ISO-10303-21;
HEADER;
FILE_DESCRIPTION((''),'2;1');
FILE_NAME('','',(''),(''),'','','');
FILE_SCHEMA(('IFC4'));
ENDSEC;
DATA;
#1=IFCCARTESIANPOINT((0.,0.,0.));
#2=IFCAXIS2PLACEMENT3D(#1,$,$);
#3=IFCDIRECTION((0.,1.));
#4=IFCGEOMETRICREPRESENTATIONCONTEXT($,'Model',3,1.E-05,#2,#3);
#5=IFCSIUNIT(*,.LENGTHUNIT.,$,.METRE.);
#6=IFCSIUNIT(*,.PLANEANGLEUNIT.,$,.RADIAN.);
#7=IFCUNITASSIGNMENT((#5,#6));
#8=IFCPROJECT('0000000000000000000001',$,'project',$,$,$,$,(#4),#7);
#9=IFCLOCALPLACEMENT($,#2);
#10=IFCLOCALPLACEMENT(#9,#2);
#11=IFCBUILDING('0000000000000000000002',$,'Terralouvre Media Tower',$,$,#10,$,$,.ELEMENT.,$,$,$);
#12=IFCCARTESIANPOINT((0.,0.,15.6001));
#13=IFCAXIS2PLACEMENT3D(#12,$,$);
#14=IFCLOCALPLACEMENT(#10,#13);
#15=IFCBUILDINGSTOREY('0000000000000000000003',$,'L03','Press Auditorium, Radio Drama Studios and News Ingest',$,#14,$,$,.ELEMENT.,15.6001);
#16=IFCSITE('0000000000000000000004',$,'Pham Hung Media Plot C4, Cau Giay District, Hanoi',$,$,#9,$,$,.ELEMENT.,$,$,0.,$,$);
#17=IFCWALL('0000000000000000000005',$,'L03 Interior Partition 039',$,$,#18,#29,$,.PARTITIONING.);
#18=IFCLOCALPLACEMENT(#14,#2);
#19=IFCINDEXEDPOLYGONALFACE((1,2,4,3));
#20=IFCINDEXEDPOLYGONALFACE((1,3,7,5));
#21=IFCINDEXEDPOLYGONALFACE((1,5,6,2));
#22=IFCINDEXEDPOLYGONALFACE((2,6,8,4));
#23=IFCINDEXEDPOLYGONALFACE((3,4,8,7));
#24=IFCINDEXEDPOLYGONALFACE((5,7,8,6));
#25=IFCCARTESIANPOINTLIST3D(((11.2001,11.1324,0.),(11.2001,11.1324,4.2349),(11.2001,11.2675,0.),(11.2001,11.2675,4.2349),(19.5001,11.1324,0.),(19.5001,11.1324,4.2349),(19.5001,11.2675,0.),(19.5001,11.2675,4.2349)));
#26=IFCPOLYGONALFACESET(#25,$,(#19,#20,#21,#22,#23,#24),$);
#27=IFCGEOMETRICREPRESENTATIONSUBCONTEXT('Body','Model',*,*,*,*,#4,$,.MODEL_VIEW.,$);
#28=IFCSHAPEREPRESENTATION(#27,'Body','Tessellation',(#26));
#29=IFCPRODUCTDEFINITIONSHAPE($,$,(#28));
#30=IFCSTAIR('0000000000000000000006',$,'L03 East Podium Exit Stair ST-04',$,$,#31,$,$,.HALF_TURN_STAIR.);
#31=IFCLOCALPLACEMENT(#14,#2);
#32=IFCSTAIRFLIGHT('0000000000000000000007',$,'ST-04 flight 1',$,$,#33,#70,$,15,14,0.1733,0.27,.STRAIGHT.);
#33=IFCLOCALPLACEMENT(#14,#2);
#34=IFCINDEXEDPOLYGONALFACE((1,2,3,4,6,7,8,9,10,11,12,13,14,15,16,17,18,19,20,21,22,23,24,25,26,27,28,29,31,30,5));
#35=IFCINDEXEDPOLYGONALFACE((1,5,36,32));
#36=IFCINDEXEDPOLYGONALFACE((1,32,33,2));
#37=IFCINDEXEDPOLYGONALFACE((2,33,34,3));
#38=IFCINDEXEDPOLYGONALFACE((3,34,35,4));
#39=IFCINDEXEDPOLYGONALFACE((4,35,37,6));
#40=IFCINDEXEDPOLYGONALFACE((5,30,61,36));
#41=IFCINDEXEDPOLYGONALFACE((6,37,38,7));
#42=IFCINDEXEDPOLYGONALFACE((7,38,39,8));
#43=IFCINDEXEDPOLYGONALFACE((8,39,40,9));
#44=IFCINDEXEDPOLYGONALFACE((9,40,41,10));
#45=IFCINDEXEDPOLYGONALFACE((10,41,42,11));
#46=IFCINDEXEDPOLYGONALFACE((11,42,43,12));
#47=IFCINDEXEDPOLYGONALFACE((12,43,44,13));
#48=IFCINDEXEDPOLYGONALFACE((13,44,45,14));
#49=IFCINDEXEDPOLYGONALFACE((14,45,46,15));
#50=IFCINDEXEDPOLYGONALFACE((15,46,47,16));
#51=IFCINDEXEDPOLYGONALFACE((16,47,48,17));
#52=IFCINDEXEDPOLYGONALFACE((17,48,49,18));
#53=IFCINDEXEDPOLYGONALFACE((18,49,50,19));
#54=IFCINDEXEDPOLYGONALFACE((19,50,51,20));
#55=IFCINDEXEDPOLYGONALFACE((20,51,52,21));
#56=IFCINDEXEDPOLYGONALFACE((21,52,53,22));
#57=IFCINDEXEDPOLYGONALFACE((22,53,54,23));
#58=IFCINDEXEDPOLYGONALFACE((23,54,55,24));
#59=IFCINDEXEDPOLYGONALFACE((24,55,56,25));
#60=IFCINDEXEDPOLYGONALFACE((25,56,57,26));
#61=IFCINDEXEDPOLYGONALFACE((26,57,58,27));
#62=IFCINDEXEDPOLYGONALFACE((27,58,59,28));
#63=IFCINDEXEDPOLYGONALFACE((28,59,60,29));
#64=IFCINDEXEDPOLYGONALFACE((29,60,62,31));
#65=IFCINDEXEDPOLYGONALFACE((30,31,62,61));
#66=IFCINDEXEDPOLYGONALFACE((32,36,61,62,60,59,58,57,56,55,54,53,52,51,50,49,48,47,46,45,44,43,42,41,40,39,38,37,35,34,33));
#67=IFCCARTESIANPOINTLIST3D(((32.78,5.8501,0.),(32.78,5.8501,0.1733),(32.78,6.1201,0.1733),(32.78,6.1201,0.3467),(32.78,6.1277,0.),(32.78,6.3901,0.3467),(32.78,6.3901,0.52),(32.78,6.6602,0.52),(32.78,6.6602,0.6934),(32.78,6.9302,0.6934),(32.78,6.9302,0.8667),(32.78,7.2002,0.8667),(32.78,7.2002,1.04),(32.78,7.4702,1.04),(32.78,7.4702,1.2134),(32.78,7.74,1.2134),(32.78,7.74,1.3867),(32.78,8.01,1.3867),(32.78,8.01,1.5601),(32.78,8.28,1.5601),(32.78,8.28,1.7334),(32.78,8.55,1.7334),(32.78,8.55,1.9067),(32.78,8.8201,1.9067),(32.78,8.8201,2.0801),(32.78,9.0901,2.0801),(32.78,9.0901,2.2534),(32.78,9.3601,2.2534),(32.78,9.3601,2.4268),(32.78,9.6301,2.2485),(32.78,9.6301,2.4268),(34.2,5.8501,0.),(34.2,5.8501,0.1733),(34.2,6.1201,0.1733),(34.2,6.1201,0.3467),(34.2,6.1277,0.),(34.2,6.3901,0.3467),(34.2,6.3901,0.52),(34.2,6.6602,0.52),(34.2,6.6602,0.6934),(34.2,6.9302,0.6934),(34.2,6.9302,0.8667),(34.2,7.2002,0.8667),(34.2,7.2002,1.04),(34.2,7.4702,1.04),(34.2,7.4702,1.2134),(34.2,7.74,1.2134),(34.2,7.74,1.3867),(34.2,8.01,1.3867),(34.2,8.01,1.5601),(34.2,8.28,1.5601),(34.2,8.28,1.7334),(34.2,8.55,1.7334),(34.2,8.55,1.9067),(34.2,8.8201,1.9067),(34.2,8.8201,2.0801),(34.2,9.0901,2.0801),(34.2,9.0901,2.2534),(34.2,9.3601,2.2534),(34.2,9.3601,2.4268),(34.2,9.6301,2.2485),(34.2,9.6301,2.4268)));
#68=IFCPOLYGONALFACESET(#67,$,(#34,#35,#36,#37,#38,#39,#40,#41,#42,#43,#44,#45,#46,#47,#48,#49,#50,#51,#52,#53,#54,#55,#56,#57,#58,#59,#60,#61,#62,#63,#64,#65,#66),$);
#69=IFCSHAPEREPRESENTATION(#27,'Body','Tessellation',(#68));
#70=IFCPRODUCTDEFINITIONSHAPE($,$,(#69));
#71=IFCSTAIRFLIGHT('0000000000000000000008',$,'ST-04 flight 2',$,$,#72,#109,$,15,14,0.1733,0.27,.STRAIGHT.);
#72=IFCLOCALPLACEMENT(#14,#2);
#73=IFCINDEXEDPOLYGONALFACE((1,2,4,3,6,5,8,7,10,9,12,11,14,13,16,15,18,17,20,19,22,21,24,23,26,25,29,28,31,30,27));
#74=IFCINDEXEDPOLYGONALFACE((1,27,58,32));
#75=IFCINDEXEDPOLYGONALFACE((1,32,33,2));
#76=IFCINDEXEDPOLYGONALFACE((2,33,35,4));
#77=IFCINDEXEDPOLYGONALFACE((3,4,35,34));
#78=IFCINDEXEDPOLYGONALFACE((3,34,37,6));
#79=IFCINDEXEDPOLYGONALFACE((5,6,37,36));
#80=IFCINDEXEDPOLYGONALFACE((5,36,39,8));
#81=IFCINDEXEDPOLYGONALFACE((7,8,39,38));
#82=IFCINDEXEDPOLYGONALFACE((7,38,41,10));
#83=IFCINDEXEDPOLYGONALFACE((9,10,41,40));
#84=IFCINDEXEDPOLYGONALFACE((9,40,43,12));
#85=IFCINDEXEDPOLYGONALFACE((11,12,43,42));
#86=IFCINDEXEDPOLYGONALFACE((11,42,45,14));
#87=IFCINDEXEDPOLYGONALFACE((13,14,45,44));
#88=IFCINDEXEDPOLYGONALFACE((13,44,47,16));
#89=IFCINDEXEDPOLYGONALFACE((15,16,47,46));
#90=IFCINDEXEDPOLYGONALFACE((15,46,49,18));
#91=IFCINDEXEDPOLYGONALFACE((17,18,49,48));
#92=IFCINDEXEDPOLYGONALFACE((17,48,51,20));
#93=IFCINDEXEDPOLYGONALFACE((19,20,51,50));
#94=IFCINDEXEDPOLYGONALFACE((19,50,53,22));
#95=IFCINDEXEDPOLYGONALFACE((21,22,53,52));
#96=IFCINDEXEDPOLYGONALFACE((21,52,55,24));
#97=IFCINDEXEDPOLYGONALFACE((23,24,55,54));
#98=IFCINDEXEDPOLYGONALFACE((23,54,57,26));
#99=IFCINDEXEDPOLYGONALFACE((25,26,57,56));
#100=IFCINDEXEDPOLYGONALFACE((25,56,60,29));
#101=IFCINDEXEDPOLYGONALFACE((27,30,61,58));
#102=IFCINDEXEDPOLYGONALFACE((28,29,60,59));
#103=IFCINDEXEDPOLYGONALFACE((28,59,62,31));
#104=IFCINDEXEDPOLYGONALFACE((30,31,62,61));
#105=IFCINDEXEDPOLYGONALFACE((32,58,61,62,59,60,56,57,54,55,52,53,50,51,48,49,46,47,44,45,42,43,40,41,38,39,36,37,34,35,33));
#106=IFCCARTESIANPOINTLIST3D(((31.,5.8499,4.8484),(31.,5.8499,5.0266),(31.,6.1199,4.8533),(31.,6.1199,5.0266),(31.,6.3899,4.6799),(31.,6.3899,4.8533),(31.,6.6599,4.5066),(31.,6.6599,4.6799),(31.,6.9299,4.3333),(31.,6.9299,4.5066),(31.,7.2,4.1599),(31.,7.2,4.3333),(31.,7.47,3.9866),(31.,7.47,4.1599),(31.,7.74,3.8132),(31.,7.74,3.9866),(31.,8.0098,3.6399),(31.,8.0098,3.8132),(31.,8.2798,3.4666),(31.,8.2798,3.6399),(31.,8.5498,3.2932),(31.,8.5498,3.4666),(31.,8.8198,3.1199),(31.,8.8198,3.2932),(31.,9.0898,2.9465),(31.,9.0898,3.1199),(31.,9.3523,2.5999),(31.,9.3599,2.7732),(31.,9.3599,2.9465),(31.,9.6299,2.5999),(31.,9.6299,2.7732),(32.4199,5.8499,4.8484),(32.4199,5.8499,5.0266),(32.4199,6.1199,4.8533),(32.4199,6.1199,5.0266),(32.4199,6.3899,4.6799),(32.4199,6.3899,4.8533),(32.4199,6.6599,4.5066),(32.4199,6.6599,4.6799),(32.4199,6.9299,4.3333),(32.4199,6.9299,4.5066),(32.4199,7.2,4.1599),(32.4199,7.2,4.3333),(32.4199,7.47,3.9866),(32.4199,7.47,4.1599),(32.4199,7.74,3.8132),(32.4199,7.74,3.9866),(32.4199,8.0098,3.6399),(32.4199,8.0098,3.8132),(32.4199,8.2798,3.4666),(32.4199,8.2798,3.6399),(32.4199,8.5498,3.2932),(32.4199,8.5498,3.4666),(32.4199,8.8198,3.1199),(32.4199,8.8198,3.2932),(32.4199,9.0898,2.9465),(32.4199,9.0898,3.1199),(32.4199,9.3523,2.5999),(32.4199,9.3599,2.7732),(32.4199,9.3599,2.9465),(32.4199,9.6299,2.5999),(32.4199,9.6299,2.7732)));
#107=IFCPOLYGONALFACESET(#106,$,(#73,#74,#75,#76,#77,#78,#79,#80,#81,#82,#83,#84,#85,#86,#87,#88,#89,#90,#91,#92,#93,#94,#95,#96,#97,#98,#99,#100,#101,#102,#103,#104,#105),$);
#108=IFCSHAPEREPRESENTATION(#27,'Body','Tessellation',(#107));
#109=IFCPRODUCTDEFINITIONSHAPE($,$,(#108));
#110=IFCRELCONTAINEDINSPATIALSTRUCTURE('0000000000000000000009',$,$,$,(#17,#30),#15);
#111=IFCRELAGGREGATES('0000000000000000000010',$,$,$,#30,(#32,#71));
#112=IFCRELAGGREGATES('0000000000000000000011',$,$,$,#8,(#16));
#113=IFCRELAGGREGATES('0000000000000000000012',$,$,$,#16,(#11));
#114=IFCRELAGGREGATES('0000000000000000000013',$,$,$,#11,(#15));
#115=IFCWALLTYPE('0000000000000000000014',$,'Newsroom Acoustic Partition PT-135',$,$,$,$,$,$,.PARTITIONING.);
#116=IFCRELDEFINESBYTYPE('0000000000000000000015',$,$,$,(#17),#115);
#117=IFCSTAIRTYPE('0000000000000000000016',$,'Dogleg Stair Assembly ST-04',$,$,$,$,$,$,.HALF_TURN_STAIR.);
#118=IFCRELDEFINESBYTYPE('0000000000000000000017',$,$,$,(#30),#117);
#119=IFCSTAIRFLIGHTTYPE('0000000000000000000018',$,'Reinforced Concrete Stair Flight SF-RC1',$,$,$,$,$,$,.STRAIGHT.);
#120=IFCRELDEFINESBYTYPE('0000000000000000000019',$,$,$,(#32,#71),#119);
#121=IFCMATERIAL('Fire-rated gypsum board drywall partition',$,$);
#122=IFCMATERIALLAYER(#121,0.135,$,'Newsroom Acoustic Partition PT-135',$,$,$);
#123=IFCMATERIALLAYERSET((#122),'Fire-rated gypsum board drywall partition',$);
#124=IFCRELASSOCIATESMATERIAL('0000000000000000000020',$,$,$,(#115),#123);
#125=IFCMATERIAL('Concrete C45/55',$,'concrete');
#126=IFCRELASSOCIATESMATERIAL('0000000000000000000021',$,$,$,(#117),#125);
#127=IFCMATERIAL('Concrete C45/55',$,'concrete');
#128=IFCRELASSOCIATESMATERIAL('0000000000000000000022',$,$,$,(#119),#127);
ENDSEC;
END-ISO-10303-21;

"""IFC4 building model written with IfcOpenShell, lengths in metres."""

from ifc_helpers import new_model, si_unit, direction, frame, frame_2d, origin, place, context, subcontext, project, spatial, polyline, rectangle, outline, extrude, material, layer, layer_set, type_object, element, aggregate, save


model = new_model("IFC4")

# Units and contexts
model_context = context("Model", 3, precision=1e-05, world=origin(), true_north=direction((0.0, 1.0)))
body_context = subcontext(model_context, "Body", "Model", "MODEL_VIEW")
ifc_project = project(units=[si_unit("LENGTHUNIT", "METRE"), si_unit("PLANEANGLEUNIT", "RADIAN")], contexts=[model_context])

# Site, building, storey
site_placement = place(None, origin())
site = spatial("IfcSite", under=ifc_project, at=site_placement, Name="Pham Hung Media Plot C4, Cau Giay District, Hanoi", CompositionType="ELEMENT", RefElevation=0.0)
building_placement = place(site_placement, origin())
building = spatial("IfcBuilding", under=site, at=building_placement, Name="Terralouvre Media Tower", CompositionType="ELEMENT")
storey_placement = place(building_placement, frame((0.0, 0.0, 15.6001)))
storey = spatial("IfcBuildingStorey", under=building, at=storey_placement, Name="L03", Description="Press Auditorium, Radio Drama Studios and News Ingest", CompositionType="ELEMENT", Elevation=15.6001)

# Shared definitions
ifc_material_1 = material(Name="Fire-rated gypsum board drywall partition")
ifc_layer_1 = layer(ifc_material_1, 0.135, Name="Newsroom Acoustic Partition PT-135")
ifc_layer_set_1 = layer_set([ifc_layer_1], Name="Fire-rated gypsum board drywall partition")
wall_type_1 = type_object("IfcWallType", Name="Newsroom Acoustic Partition PT-135", PredefinedType="PARTITIONING", material=ifc_layer_set_1)

# Wall
wall_1_placement = place(storey_placement, frame((19.5, 11.2, 0.0), z_axis=(0.0, 0.0, 1.0), x_axis=(-1.0, 0.0, 0.0)))
element("IfcWall", 1, at=wall_1_placement, inside=storey, type_object=wall_type_1, Name="L03 Interior Partition 039", PredefinedType="PARTITIONING", context=body_context, shape_type="SweptSolid", body=[
    extrude(rectangle(XDim=8.3, YDim=0.135, at=frame_2d((4.1499, 0.0))), origin(), (0.0, 0.0, 1.0), 4.2349),
])

# Stair, stair flights
ifc_material_2 = material(Name="Concrete C45/55", Category="concrete")
stair_type = type_object("IfcStairType", Name="Dogleg Stair Assembly ST-04", PredefinedType="HALF_TURN_STAIR", material=ifc_material_2)
stair_placement = place(storey_placement, origin())
stair = element("IfcStair", 2, at=stair_placement, inside=storey, type_object=stair_type, Name="L03 East Podium Exit Stair ST-04", PredefinedType="HALF_TURN_STAIR")
ifc_material_3 = material(Name="Concrete C45/55", Category="concrete")
stair_flight_type = type_object("IfcStairFlightType", Name="Reinforced Concrete Stair Flight SF-RC1", PredefinedType="STRAIGHT", material=ifc_material_3)
stair_flight_1_placement = place(storey_placement, frame((33.49, 5.8501, 0.0), z_axis=(0.0, 0.0, 1.0), x_axis=(0.0, 1.0, 0.0)))
stair_flight_1 = element("IfcStairFlight", 3, at=stair_flight_1_placement, type_object=stair_flight_type, Name="ST-04 flight 1", NumberOfRisers=15, NumberOfTreads=14, PredefinedType="STRAIGHT", RiserHeight=0.1733, TreadLength=0.27, context=body_context, shape_type="SweptSolid", body=[
    extrude(outline(polyline([(0.0, 0.0), (0.0, 0.1733), (0.27, 0.1733), (0.27, 0.3467), (0.54, 0.3467), (0.54, 0.52), (0.8101, 0.52), (0.8101, 0.6934), (1.0801, 0.6934), (1.0801, 0.8667), (1.3501, 0.8667), (1.3501, 1.04), (1.6201, 1.04), (1.6201, 1.2134), (1.8899, 1.2134), (1.8899, 1.3867), (2.1599, 1.3867), (2.1599, 1.5601), (2.4299, 1.5601), (2.4299, 1.7334), (2.7, 1.7334), (2.7, 1.9067), (2.97, 1.9067), (2.97, 2.0801), (3.24, 2.0801), (3.24, 2.2534), (3.51, 2.2534), (3.51, 2.4268), (3.78, 2.4268), (3.78, 2.6001), (3.78, 2.2485), (0.2776, 0.0), (0.0, 0.0)])), frame((0.0, 0.71, 0.0), z_axis=(0.0, -1.0, 0.0), x_axis=(1.0, 0.0, 0.0)), (0.0, 0.0, 1.0), 1.4199),
])
stair_flight_2_placement = place(storey_placement, frame((31.71, 9.6299, 2.5999), z_axis=(0.0, 0.0, 1.0), x_axis=(0.0, -1.0, 0.0)))
stair_flight_2 = element("IfcStairFlight", 4, at=stair_flight_2_placement, type_object=stair_flight_type, Name="ST-04 flight 2", NumberOfRisers=15, NumberOfTreads=14, PredefinedType="STRAIGHT", RiserHeight=0.1733, TreadLength=0.27, context=body_context, shape_type="SweptSolid", body=[
    extrude(outline(polyline([(0.0, 0.0), (0.0, 0.1733), (0.27, 0.1733), (0.27, 0.3467), (0.54, 0.3467), (0.54, 0.52), (0.8101, 0.52), (0.8101, 0.6934), (1.0801, 0.6934), (1.0801, 0.8667), (1.3501, 0.8667), (1.3501, 1.04), (1.6201, 1.04), (1.6201, 1.2134), (1.8899, 1.2134), (1.8899, 1.3867), (2.1599, 1.3867), (2.1599, 1.5601), (2.4299, 1.5601), (2.4299, 1.7334), (2.7, 1.7334), (2.7, 1.9067), (2.97, 1.9067), (2.97, 2.0801), (3.24, 2.0801), (3.24, 2.2534), (3.51, 2.2534), (3.51, 2.4268), (3.78, 2.4268), (3.78, 2.6001), (3.78, 2.2485), (0.2776, 0.0), (0.0, 0.0)])), frame((0.0, 0.71, 0.0), z_axis=(0.0, -1.0, 0.0), x_axis=(1.0, 0.0, 0.0)), (0.0, 0.0, 1.0), 1.4199),
])
aggregate(stair, [stair_flight_1, stair_flight_2])

save(model, "model.ifc")
